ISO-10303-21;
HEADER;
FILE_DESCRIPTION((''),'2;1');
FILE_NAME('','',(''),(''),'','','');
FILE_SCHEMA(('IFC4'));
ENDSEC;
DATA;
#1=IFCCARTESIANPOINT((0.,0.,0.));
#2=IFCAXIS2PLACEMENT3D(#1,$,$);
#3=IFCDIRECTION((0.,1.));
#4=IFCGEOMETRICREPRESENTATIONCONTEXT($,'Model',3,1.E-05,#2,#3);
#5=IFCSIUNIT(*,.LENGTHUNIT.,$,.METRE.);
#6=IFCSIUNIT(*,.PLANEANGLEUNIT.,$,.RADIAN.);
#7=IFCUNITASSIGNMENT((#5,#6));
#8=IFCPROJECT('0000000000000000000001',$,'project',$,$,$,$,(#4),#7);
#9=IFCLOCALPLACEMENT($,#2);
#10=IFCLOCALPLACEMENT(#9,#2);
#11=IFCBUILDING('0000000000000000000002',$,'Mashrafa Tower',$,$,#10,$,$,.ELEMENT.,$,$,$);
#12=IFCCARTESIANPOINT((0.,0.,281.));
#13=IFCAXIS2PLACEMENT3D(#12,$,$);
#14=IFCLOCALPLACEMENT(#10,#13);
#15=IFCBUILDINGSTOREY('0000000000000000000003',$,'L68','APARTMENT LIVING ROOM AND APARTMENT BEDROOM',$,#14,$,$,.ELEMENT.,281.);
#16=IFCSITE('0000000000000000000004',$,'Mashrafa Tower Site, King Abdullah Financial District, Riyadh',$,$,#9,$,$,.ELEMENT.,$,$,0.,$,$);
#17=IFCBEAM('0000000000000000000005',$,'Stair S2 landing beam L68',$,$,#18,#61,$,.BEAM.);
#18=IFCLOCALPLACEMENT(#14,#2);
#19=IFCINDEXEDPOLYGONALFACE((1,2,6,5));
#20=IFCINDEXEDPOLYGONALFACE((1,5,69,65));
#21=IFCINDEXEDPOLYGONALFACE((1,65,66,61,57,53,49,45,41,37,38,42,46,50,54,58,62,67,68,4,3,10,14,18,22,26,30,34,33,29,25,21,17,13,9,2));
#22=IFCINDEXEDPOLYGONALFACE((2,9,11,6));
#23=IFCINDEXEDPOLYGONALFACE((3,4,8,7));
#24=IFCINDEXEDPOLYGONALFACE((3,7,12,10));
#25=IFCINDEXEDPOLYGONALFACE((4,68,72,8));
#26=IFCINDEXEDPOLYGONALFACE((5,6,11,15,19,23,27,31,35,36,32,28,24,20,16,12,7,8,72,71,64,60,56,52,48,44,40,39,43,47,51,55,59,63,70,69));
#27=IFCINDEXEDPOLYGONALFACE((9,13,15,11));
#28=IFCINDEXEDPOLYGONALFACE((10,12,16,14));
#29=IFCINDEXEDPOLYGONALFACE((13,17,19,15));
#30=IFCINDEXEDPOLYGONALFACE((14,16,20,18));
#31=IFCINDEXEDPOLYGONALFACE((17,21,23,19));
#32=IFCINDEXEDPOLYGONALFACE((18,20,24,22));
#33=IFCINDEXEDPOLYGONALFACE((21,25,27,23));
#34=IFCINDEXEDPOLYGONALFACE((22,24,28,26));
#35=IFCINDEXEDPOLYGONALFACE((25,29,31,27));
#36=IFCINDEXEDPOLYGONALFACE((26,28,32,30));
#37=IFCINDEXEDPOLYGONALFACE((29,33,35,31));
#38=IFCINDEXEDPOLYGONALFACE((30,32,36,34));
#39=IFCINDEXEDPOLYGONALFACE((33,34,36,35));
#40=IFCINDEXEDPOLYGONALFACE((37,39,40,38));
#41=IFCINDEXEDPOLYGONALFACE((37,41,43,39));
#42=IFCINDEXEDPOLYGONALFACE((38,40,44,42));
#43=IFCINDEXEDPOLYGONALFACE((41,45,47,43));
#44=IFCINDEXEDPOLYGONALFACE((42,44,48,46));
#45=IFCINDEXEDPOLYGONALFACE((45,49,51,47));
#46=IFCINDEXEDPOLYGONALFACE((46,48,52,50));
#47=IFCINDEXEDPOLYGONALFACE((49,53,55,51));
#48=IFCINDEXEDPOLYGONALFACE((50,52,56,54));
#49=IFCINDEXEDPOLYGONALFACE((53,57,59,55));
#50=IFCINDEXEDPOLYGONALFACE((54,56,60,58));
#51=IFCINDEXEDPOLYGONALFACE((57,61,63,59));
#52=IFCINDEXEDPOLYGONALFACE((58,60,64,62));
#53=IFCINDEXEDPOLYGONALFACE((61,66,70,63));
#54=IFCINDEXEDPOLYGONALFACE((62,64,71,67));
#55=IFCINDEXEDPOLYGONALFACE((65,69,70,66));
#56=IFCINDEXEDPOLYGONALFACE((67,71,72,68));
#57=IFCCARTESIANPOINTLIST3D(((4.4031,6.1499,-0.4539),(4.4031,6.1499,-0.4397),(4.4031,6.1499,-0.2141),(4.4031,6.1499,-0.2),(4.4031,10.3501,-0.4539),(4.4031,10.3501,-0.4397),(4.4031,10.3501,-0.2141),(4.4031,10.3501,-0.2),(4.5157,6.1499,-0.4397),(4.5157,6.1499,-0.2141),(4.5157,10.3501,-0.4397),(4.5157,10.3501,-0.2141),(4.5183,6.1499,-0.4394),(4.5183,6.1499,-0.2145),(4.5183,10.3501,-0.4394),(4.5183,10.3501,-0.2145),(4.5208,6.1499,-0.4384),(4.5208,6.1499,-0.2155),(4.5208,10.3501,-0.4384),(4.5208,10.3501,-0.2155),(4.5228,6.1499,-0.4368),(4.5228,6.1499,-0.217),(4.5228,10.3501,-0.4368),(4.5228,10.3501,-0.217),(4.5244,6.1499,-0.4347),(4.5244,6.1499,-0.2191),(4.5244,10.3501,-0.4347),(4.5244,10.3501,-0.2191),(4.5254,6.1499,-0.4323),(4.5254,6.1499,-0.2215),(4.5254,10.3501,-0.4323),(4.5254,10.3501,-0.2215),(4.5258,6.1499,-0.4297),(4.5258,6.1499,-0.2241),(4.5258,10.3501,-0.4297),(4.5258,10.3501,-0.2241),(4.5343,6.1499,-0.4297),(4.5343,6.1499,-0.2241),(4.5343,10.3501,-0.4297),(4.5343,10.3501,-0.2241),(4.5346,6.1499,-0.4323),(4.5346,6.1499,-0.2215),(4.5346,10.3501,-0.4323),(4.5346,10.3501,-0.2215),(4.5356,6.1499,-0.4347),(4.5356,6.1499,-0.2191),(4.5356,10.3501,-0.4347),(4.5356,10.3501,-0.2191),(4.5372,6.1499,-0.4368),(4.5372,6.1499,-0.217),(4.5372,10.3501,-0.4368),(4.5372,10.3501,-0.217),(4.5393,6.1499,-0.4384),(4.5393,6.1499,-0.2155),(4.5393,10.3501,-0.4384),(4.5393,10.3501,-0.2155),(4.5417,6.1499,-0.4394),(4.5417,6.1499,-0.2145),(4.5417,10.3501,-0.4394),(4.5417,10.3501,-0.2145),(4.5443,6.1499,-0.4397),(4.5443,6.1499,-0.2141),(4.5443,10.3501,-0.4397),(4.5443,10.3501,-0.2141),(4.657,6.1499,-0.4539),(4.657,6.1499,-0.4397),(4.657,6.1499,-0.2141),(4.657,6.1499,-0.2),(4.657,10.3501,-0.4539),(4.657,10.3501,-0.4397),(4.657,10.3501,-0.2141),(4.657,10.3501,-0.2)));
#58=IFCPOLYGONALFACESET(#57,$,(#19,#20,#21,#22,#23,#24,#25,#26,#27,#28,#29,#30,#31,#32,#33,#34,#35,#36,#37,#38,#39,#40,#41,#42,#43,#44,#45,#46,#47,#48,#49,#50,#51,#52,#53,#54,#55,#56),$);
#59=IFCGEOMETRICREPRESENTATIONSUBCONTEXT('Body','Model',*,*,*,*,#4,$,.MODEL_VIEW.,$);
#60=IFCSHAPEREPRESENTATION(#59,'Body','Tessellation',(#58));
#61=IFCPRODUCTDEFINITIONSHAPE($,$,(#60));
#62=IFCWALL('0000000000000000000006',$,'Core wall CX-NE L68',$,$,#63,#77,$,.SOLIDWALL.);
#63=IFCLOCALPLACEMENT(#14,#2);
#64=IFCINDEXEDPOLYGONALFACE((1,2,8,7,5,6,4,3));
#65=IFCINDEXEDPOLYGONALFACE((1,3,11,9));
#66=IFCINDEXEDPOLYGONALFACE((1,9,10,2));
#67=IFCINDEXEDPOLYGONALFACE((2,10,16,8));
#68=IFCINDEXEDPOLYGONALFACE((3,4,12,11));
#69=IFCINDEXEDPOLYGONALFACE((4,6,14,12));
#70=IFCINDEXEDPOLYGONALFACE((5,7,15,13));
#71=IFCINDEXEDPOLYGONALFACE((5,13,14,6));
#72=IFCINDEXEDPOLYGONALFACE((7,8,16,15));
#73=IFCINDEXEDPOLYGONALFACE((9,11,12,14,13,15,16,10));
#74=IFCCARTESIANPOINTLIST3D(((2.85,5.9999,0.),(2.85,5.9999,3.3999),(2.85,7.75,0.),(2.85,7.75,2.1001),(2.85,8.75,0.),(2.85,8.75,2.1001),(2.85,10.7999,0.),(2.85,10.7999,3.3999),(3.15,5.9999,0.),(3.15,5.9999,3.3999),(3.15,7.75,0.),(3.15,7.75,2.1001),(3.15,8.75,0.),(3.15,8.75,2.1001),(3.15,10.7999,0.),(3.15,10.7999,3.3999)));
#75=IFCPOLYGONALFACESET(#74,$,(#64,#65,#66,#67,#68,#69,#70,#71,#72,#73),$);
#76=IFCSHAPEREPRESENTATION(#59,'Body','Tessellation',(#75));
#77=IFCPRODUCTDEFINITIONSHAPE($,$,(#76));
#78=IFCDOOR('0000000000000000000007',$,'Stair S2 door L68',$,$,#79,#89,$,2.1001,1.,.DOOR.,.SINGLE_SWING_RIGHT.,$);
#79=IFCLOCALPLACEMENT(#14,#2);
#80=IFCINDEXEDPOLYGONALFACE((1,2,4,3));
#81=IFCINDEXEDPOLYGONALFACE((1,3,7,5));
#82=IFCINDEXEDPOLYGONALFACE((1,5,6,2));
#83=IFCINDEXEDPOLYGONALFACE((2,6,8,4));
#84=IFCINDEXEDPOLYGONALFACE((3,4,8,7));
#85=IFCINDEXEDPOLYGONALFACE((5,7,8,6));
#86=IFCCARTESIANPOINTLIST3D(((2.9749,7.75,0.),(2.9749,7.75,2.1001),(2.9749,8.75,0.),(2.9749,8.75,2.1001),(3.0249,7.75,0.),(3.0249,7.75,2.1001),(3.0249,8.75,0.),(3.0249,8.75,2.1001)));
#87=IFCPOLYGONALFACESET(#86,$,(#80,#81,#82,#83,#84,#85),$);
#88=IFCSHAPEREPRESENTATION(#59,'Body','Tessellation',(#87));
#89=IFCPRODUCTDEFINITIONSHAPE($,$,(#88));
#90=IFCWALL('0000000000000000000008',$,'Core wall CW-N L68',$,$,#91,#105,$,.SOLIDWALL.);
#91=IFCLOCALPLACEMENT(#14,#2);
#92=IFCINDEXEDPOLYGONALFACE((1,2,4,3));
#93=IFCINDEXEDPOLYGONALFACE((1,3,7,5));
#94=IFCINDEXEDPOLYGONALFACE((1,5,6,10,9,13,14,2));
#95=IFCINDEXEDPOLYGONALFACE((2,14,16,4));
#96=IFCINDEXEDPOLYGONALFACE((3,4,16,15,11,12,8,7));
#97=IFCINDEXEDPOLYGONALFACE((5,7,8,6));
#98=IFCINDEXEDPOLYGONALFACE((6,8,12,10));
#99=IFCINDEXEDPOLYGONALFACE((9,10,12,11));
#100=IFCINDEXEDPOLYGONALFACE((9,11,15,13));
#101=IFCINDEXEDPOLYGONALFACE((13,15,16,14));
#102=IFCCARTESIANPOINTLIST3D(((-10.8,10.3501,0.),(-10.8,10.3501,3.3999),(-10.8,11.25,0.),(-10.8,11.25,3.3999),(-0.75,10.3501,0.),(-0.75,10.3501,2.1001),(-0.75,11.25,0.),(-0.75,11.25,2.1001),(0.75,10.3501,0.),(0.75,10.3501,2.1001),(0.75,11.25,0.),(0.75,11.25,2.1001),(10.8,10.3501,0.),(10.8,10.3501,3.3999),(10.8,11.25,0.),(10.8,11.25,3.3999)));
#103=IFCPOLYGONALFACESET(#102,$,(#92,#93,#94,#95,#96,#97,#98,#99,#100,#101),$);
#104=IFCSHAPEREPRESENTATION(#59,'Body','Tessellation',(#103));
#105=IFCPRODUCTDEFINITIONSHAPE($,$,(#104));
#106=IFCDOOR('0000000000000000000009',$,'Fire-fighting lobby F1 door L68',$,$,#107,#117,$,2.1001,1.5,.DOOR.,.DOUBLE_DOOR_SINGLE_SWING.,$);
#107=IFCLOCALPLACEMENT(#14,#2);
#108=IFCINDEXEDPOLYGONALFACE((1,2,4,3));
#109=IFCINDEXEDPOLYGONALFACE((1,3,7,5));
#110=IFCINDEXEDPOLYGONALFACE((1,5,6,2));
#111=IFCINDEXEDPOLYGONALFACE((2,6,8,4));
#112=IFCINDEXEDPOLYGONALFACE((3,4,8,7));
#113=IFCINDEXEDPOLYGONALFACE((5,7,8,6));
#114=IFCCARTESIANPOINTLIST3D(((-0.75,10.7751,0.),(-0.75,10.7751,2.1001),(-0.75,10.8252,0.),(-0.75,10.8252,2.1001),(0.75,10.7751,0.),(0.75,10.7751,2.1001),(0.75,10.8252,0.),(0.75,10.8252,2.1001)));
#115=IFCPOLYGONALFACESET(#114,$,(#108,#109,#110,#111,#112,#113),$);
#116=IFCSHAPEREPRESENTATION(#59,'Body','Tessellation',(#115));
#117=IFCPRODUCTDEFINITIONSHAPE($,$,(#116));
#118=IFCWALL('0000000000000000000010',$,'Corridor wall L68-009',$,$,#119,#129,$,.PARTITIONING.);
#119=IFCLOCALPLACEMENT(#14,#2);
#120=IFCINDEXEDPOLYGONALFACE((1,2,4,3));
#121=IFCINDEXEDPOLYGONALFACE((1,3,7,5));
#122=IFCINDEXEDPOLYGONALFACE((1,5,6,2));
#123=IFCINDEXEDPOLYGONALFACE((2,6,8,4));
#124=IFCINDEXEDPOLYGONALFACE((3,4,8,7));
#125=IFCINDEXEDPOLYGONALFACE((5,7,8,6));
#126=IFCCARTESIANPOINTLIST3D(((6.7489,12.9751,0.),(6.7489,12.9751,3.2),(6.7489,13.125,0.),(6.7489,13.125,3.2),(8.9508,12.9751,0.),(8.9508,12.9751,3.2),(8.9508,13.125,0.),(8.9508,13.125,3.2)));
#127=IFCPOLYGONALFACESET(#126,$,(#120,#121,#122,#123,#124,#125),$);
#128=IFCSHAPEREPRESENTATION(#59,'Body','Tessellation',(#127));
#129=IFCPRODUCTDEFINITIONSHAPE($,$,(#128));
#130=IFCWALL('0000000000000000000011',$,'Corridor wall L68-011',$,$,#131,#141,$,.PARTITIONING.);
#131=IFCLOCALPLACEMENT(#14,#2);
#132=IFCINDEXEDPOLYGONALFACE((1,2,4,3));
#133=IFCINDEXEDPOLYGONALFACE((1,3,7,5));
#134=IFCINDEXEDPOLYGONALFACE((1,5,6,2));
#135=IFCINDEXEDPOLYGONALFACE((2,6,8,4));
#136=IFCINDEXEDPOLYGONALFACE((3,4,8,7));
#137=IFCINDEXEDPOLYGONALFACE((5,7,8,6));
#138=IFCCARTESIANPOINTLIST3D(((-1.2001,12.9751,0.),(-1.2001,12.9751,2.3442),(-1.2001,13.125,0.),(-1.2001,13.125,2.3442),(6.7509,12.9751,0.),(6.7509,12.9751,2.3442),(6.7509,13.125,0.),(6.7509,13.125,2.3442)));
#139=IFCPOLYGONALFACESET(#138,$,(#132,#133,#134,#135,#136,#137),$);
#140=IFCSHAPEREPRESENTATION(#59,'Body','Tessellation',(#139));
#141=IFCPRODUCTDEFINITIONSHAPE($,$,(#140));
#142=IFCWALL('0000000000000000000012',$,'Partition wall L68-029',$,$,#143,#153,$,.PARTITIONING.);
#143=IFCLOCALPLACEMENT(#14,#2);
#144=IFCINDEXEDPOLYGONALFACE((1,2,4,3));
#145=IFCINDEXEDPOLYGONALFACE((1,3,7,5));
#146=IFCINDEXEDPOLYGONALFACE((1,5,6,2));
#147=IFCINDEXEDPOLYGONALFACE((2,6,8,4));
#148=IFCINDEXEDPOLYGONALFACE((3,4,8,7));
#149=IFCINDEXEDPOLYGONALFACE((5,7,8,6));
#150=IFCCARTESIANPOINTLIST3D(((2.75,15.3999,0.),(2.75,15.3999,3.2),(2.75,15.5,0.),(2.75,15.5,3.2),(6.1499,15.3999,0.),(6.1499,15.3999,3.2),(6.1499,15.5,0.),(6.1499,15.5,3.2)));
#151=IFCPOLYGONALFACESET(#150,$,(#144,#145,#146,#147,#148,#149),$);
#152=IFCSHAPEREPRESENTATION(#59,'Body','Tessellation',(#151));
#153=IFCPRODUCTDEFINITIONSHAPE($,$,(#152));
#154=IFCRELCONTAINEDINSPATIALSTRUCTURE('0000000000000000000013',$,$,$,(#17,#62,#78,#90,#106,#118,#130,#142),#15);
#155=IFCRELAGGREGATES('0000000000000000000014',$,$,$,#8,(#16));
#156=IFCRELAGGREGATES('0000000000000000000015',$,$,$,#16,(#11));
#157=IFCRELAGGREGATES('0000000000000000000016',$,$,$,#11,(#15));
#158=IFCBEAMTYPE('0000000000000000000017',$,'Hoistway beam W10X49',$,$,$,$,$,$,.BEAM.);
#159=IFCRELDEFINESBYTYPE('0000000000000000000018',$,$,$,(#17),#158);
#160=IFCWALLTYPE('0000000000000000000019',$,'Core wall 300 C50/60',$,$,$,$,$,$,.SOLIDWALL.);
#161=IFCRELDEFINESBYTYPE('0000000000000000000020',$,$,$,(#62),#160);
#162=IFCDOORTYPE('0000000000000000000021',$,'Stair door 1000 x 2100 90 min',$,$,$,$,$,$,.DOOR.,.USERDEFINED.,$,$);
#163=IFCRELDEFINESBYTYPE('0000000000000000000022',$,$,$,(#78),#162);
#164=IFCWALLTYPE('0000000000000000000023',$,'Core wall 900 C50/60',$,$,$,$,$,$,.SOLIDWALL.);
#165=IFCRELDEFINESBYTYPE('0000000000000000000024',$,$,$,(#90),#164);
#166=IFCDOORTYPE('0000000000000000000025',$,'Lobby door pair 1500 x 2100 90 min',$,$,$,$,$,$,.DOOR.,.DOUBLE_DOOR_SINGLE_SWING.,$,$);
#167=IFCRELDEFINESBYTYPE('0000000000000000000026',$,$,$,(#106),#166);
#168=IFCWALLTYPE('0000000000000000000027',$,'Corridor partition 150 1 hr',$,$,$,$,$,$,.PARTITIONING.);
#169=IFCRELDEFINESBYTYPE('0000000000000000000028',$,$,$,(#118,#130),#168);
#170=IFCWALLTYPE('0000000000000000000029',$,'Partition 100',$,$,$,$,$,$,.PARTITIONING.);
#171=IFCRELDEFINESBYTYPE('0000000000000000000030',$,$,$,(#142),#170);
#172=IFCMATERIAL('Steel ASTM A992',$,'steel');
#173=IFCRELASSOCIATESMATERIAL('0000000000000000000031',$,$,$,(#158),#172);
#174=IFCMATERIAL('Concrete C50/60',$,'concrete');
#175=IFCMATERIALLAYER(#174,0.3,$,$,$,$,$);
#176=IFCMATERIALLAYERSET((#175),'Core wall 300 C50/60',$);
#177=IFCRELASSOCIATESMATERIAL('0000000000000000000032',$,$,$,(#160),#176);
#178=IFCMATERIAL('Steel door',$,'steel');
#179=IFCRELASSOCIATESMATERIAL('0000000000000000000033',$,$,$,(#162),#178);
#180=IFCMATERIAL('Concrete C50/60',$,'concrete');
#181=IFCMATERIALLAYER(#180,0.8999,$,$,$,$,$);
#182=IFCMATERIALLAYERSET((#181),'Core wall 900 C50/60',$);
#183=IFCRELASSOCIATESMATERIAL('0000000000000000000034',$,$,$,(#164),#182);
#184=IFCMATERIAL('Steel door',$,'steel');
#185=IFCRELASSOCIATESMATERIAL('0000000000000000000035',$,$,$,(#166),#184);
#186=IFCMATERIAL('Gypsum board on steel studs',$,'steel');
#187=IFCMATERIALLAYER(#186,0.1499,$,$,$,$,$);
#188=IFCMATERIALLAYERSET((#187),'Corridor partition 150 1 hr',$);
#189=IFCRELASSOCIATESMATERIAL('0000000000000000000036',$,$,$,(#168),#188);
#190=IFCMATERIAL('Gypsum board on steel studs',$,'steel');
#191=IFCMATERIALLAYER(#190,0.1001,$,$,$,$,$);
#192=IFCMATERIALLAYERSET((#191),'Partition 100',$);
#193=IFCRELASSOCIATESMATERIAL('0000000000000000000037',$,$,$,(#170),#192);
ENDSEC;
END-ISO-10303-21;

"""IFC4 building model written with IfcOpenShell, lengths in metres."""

from ifc_helpers import new_model, si_unit, direction, frame, frame_2d, origin, origin_2d, place, context, subcontext, project, spatial, rectangle, i_section, extrude, material, layer, layer_set, material_profile, profile_set, type_object, element, fill, save


model = new_model("IFC4")

# Units and contexts
model_context = context("Model", 3, precision=1e-05, world=origin(), true_north=direction((0.0, 1.0)))
body_context = subcontext(model_context, "Body", "Model", "MODEL_VIEW")
ifc_project = project(units=[si_unit("LENGTHUNIT", "METRE"), si_unit("PLANEANGLEUNIT", "RADIAN")], contexts=[model_context])

# Site, building, storey
site_placement = place(None, origin())
site = spatial("IfcSite", under=ifc_project, at=site_placement, Name="Mashrafa Tower Site, King Abdullah Financial District, Riyadh", CompositionType="ELEMENT", RefElevation=0.0)
building_placement = place(site_placement, origin())
building = spatial("IfcBuilding", under=site, at=building_placement, Name="Mashrafa Tower", CompositionType="ELEMENT")
storey_placement = place(building_placement, frame((0.0, 0.0, 281.0)))
storey = spatial("IfcBuildingStorey", under=building, at=storey_placement, Name="L68", Description="APARTMENT LIVING ROOM AND APARTMENT BEDROOM", CompositionType="ELEMENT", Elevation=281.0)

# Beam
ifc_material_1 = material(Name="Steel ASTM A992", Category="steel")
ifc_material_profile_1 = material_profile(ifc_material_1, i_section(OverallWidth=0.2539, OverallDepth=0.2539, WebThickness=0.0085, FlangeThickness=0.0142, FilletRadius=0.01, at=origin_2d()), Name="W10X49")
ifc_profile_set_1 = profile_set([ifc_material_profile_1], Name="Steel ASTM A992")
beam_type_1 = type_object("IfcBeamType", Name="Hoistway beam W10X49", PredefinedType="BEAM", material=ifc_profile_set_1)
beam_1_placement = place(storey_placement, frame((4.53, 6.1499, -0.3269), z_axis=(0.0, 1.0, 0.0), x_axis=(-1.0, 0.0, 0.0)))
element("IfcBeam", 1, at=beam_1_placement, inside=storey, type_object=beam_type_1, Name="Stair S2 landing beam L68", PredefinedType="BEAM", context=body_context, shape_type="SweptSolid", body=[
    extrude(i_section(OverallWidth=0.2539, OverallDepth=0.2539, WebThickness=0.0085, FlangeThickness=0.0142, FilletRadius=0.01, at=origin_2d()), origin(), (0.0, 0.0, 1.0), 4.2002),
])

# Walls, openings, doors
ifc_material_2 = material(Name="Concrete C50/60", Category="concrete")
ifc_layer_1 = layer(ifc_material_2, 0.3)
ifc_layer_set_1 = layer_set([ifc_layer_1], Name="Core wall 300 C50/60")
wall_type_1 = type_object("IfcWallType", Name="Core wall 300 C50/60", PredefinedType="SOLIDWALL", material=ifc_layer_set_1)
wall_1_placement = place(storey_placement, frame((3.0, 6.0, 0.0), z_axis=(0.0, 0.0, 1.0), x_axis=(0.0, 1.0, 0.0)))
wall_1 = element("IfcWall", 2, at=wall_1_placement, inside=storey, type_object=wall_type_1, Name="Core wall CX-NE L68", PredefinedType="SOLIDWALL", context=body_context, shape_type="SweptSolid", body=[
    extrude(rectangle(XDim=4.8, YDim=0.3, at=frame_2d((2.3999, 0.0))), origin(), (0.0, 0.0, 1.0), 3.3999),
])
opening_1_placement = place(wall_1_placement, frame((1.75, 0.0, 0.0)))
opening_1 = element("IfcOpeningElement", 3, at=opening_1_placement, cuts=wall_1, PredefinedType="OPENING", context=body_context, shape_type="SweptSolid", body=[
    extrude(rectangle(XDim=1.0, YDim=2.1001, at=frame_2d((0.5, 1.05))), frame((0.0, 0.1599, 0.0), z_axis=(0.0, -1.0, 0.0), x_axis=(1.0, 0.0, 0.0)), (0.0, 0.0, 1.0), 0.3201),
])
ifc_material_3 = material(Name="Steel door", Category="steel")
door_type_1 = type_object("IfcDoorType", Name="Stair door 1000 x 2100 90 min", OperationType="USERDEFINED", PredefinedType="DOOR", material=ifc_material_3)
door_1_placement = place(opening_1_placement, frame((1.0, 0.0, 0.0), z_axis=(0.0, 0.0, 1.0), x_axis=(-1.0, 0.0, 0.0)))
door_1 = element("IfcDoor", 4, at=door_1_placement, inside=storey, type_object=door_type_1, Name="Stair S2 door L68", OperationType="SINGLE_SWING_RIGHT", OverallHeight=2.1001, OverallWidth=1.0, PredefinedType="DOOR", context=body_context, shape_type="SweptSolid", body=[
    extrude(rectangle(XDim=1.0, YDim=2.1001, at=frame_2d((0.5, 1.05))), frame((0.0, 0.0249, 0.0), z_axis=(0.0, -1.0, 0.0), x_axis=(1.0, 0.0, 0.0)), (0.0, 0.0, 1.0), 0.05),
])
fill(opening_1, door_1)
ifc_material_4 = material(Name="Concrete C50/60", Category="concrete")
ifc_layer_2 = layer(ifc_material_4, 0.8999)
ifc_layer_set_2 = layer_set([ifc_layer_2], Name="Core wall 900 C50/60")
wall_type_2 = type_object("IfcWallType", Name="Core wall 900 C50/60", PredefinedType="SOLIDWALL", material=ifc_layer_set_2)
wall_2_placement = place(storey_placement, frame((10.8, 10.8, 0.0), z_axis=(0.0, 0.0, 1.0), x_axis=(-1.0, 0.0, 0.0)))
wall_2 = element("IfcWall", 5, at=wall_2_placement, inside=storey, type_object=wall_type_2, Name="Core wall CW-N L68", PredefinedType="SOLIDWALL", context=body_context, shape_type="SweptSolid", body=[
    extrude(rectangle(XDim=21.6001, YDim=0.8999, at=frame_2d((10.8, 0.0))), origin(), (0.0, 0.0, 1.0), 3.3999),
])
opening_2_placement = place(wall_2_placement, frame((10.05, 0.0, 0.0)))
opening_2 = element("IfcOpeningElement", 6, at=opening_2_placement, cuts=wall_2, PredefinedType="OPENING", context=body_context, shape_type="SweptSolid", body=[
    extrude(rectangle(XDim=1.5, YDim=2.1001, at=frame_2d((0.75, 1.05))), frame((0.0, 0.46, 0.0), z_axis=(0.0, -1.0, 0.0), x_axis=(1.0, 0.0, 0.0)), (0.0, 0.0, 1.0), 0.9199),
])
ifc_material_5 = material(Name="Steel door", Category="steel")
door_type_2 = type_object("IfcDoorType", Name="Lobby door pair 1500 x 2100 90 min", OperationType="DOUBLE_DOOR_SINGLE_SWING", PredefinedType="DOOR", material=ifc_material_5)
door_2_placement = place(opening_2_placement, origin())
door_2 = element("IfcDoor", 7, at=door_2_placement, inside=storey, type_object=door_type_2, Name="Fire-fighting lobby F1 door L68", OperationType="DOUBLE_DOOR_SINGLE_SWING", OverallHeight=2.1001, OverallWidth=1.5, PredefinedType="DOOR", context=body_context, shape_type="SweptSolid", body=[
    extrude(rectangle(XDim=1.5, YDim=2.1001, at=frame_2d((0.75, 1.05))), frame((0.0, 0.0249, 0.0), z_axis=(0.0, -1.0, 0.0), x_axis=(1.0, 0.0, 0.0)), (0.0, 0.0, 1.0), 0.05),
])
fill(opening_2, door_2)

# Walls
ifc_material_6 = material(Name="Gypsum board on steel studs", Category="steel")
ifc_layer_3 = layer(ifc_material_6, 0.1499)
ifc_layer_set_3 = layer_set([ifc_layer_3], Name="Corridor partition 150 1 hr")
wall_type_3 = type_object("IfcWallType", Name="Corridor partition 150 1 hr", PredefinedType="PARTITIONING", material=ifc_layer_set_3)
wall_3_placement = place(storey_placement, frame((8.9509, 13.05, 0.0), z_axis=(0.0, 0.0, 1.0), x_axis=(-1.0, 0.0, 0.0)))
element("IfcWall", 8, at=wall_3_placement, inside=storey, type_object=wall_type_3, Name="Corridor wall L68-009", PredefinedType="PARTITIONING", context=body_context, shape_type="SweptSolid", body=[
    extrude(rectangle(XDim=2.2019, YDim=0.1499, at=frame_2d((1.1011, 0.0))), origin(), (0.0, 0.0, 1.0), 3.2),
])
wall_4_placement = place(storey_placement, frame((6.751, 13.05, 0.0), z_axis=(0.0, 0.0, 1.0), x_axis=(-1.0, 0.0, 0.0)))
element("IfcWall", 9, at=wall_4_placement, inside=storey, type_object=wall_type_3, Name="Corridor wall L68-011", PredefinedType="PARTITIONING", context=body_context, shape_type="SweptSolid", body=[
    extrude(rectangle(XDim=7.9509, YDim=0.1499, at=frame_2d((3.9756, 0.0))), origin(), (0.0, 0.0, 1.0), 2.3442),
])
ifc_material_7 = material(Name="Gypsum board on steel studs", Category="steel")
ifc_layer_4 = layer(ifc_material_7, 0.1001)
ifc_layer_set_4 = layer_set([ifc_layer_4], Name="Partition 100")
wall_type_4 = type_object("IfcWallType", Name="Partition 100", PredefinedType="PARTITIONING", material=ifc_layer_set_4)
wall_5_placement = place(storey_placement, frame((2.75, 15.45, 0.0), z_axis=(0.0, 0.0, 1.0), x_axis=(1.0, 0.0, 0.0)))
element("IfcWall", 10, at=wall_5_placement, inside=storey, type_object=wall_type_4, Name="Partition wall L68-029", PredefinedType="PARTITIONING", context=body_context, shape_type="SweptSolid", body=[
    extrude(rectangle(XDim=3.3999, YDim=0.1001, at=frame_2d((1.7, 0.0))), origin(), (0.0, 0.0, 1.0), 3.2),
])

save(model, "model.ifc")
